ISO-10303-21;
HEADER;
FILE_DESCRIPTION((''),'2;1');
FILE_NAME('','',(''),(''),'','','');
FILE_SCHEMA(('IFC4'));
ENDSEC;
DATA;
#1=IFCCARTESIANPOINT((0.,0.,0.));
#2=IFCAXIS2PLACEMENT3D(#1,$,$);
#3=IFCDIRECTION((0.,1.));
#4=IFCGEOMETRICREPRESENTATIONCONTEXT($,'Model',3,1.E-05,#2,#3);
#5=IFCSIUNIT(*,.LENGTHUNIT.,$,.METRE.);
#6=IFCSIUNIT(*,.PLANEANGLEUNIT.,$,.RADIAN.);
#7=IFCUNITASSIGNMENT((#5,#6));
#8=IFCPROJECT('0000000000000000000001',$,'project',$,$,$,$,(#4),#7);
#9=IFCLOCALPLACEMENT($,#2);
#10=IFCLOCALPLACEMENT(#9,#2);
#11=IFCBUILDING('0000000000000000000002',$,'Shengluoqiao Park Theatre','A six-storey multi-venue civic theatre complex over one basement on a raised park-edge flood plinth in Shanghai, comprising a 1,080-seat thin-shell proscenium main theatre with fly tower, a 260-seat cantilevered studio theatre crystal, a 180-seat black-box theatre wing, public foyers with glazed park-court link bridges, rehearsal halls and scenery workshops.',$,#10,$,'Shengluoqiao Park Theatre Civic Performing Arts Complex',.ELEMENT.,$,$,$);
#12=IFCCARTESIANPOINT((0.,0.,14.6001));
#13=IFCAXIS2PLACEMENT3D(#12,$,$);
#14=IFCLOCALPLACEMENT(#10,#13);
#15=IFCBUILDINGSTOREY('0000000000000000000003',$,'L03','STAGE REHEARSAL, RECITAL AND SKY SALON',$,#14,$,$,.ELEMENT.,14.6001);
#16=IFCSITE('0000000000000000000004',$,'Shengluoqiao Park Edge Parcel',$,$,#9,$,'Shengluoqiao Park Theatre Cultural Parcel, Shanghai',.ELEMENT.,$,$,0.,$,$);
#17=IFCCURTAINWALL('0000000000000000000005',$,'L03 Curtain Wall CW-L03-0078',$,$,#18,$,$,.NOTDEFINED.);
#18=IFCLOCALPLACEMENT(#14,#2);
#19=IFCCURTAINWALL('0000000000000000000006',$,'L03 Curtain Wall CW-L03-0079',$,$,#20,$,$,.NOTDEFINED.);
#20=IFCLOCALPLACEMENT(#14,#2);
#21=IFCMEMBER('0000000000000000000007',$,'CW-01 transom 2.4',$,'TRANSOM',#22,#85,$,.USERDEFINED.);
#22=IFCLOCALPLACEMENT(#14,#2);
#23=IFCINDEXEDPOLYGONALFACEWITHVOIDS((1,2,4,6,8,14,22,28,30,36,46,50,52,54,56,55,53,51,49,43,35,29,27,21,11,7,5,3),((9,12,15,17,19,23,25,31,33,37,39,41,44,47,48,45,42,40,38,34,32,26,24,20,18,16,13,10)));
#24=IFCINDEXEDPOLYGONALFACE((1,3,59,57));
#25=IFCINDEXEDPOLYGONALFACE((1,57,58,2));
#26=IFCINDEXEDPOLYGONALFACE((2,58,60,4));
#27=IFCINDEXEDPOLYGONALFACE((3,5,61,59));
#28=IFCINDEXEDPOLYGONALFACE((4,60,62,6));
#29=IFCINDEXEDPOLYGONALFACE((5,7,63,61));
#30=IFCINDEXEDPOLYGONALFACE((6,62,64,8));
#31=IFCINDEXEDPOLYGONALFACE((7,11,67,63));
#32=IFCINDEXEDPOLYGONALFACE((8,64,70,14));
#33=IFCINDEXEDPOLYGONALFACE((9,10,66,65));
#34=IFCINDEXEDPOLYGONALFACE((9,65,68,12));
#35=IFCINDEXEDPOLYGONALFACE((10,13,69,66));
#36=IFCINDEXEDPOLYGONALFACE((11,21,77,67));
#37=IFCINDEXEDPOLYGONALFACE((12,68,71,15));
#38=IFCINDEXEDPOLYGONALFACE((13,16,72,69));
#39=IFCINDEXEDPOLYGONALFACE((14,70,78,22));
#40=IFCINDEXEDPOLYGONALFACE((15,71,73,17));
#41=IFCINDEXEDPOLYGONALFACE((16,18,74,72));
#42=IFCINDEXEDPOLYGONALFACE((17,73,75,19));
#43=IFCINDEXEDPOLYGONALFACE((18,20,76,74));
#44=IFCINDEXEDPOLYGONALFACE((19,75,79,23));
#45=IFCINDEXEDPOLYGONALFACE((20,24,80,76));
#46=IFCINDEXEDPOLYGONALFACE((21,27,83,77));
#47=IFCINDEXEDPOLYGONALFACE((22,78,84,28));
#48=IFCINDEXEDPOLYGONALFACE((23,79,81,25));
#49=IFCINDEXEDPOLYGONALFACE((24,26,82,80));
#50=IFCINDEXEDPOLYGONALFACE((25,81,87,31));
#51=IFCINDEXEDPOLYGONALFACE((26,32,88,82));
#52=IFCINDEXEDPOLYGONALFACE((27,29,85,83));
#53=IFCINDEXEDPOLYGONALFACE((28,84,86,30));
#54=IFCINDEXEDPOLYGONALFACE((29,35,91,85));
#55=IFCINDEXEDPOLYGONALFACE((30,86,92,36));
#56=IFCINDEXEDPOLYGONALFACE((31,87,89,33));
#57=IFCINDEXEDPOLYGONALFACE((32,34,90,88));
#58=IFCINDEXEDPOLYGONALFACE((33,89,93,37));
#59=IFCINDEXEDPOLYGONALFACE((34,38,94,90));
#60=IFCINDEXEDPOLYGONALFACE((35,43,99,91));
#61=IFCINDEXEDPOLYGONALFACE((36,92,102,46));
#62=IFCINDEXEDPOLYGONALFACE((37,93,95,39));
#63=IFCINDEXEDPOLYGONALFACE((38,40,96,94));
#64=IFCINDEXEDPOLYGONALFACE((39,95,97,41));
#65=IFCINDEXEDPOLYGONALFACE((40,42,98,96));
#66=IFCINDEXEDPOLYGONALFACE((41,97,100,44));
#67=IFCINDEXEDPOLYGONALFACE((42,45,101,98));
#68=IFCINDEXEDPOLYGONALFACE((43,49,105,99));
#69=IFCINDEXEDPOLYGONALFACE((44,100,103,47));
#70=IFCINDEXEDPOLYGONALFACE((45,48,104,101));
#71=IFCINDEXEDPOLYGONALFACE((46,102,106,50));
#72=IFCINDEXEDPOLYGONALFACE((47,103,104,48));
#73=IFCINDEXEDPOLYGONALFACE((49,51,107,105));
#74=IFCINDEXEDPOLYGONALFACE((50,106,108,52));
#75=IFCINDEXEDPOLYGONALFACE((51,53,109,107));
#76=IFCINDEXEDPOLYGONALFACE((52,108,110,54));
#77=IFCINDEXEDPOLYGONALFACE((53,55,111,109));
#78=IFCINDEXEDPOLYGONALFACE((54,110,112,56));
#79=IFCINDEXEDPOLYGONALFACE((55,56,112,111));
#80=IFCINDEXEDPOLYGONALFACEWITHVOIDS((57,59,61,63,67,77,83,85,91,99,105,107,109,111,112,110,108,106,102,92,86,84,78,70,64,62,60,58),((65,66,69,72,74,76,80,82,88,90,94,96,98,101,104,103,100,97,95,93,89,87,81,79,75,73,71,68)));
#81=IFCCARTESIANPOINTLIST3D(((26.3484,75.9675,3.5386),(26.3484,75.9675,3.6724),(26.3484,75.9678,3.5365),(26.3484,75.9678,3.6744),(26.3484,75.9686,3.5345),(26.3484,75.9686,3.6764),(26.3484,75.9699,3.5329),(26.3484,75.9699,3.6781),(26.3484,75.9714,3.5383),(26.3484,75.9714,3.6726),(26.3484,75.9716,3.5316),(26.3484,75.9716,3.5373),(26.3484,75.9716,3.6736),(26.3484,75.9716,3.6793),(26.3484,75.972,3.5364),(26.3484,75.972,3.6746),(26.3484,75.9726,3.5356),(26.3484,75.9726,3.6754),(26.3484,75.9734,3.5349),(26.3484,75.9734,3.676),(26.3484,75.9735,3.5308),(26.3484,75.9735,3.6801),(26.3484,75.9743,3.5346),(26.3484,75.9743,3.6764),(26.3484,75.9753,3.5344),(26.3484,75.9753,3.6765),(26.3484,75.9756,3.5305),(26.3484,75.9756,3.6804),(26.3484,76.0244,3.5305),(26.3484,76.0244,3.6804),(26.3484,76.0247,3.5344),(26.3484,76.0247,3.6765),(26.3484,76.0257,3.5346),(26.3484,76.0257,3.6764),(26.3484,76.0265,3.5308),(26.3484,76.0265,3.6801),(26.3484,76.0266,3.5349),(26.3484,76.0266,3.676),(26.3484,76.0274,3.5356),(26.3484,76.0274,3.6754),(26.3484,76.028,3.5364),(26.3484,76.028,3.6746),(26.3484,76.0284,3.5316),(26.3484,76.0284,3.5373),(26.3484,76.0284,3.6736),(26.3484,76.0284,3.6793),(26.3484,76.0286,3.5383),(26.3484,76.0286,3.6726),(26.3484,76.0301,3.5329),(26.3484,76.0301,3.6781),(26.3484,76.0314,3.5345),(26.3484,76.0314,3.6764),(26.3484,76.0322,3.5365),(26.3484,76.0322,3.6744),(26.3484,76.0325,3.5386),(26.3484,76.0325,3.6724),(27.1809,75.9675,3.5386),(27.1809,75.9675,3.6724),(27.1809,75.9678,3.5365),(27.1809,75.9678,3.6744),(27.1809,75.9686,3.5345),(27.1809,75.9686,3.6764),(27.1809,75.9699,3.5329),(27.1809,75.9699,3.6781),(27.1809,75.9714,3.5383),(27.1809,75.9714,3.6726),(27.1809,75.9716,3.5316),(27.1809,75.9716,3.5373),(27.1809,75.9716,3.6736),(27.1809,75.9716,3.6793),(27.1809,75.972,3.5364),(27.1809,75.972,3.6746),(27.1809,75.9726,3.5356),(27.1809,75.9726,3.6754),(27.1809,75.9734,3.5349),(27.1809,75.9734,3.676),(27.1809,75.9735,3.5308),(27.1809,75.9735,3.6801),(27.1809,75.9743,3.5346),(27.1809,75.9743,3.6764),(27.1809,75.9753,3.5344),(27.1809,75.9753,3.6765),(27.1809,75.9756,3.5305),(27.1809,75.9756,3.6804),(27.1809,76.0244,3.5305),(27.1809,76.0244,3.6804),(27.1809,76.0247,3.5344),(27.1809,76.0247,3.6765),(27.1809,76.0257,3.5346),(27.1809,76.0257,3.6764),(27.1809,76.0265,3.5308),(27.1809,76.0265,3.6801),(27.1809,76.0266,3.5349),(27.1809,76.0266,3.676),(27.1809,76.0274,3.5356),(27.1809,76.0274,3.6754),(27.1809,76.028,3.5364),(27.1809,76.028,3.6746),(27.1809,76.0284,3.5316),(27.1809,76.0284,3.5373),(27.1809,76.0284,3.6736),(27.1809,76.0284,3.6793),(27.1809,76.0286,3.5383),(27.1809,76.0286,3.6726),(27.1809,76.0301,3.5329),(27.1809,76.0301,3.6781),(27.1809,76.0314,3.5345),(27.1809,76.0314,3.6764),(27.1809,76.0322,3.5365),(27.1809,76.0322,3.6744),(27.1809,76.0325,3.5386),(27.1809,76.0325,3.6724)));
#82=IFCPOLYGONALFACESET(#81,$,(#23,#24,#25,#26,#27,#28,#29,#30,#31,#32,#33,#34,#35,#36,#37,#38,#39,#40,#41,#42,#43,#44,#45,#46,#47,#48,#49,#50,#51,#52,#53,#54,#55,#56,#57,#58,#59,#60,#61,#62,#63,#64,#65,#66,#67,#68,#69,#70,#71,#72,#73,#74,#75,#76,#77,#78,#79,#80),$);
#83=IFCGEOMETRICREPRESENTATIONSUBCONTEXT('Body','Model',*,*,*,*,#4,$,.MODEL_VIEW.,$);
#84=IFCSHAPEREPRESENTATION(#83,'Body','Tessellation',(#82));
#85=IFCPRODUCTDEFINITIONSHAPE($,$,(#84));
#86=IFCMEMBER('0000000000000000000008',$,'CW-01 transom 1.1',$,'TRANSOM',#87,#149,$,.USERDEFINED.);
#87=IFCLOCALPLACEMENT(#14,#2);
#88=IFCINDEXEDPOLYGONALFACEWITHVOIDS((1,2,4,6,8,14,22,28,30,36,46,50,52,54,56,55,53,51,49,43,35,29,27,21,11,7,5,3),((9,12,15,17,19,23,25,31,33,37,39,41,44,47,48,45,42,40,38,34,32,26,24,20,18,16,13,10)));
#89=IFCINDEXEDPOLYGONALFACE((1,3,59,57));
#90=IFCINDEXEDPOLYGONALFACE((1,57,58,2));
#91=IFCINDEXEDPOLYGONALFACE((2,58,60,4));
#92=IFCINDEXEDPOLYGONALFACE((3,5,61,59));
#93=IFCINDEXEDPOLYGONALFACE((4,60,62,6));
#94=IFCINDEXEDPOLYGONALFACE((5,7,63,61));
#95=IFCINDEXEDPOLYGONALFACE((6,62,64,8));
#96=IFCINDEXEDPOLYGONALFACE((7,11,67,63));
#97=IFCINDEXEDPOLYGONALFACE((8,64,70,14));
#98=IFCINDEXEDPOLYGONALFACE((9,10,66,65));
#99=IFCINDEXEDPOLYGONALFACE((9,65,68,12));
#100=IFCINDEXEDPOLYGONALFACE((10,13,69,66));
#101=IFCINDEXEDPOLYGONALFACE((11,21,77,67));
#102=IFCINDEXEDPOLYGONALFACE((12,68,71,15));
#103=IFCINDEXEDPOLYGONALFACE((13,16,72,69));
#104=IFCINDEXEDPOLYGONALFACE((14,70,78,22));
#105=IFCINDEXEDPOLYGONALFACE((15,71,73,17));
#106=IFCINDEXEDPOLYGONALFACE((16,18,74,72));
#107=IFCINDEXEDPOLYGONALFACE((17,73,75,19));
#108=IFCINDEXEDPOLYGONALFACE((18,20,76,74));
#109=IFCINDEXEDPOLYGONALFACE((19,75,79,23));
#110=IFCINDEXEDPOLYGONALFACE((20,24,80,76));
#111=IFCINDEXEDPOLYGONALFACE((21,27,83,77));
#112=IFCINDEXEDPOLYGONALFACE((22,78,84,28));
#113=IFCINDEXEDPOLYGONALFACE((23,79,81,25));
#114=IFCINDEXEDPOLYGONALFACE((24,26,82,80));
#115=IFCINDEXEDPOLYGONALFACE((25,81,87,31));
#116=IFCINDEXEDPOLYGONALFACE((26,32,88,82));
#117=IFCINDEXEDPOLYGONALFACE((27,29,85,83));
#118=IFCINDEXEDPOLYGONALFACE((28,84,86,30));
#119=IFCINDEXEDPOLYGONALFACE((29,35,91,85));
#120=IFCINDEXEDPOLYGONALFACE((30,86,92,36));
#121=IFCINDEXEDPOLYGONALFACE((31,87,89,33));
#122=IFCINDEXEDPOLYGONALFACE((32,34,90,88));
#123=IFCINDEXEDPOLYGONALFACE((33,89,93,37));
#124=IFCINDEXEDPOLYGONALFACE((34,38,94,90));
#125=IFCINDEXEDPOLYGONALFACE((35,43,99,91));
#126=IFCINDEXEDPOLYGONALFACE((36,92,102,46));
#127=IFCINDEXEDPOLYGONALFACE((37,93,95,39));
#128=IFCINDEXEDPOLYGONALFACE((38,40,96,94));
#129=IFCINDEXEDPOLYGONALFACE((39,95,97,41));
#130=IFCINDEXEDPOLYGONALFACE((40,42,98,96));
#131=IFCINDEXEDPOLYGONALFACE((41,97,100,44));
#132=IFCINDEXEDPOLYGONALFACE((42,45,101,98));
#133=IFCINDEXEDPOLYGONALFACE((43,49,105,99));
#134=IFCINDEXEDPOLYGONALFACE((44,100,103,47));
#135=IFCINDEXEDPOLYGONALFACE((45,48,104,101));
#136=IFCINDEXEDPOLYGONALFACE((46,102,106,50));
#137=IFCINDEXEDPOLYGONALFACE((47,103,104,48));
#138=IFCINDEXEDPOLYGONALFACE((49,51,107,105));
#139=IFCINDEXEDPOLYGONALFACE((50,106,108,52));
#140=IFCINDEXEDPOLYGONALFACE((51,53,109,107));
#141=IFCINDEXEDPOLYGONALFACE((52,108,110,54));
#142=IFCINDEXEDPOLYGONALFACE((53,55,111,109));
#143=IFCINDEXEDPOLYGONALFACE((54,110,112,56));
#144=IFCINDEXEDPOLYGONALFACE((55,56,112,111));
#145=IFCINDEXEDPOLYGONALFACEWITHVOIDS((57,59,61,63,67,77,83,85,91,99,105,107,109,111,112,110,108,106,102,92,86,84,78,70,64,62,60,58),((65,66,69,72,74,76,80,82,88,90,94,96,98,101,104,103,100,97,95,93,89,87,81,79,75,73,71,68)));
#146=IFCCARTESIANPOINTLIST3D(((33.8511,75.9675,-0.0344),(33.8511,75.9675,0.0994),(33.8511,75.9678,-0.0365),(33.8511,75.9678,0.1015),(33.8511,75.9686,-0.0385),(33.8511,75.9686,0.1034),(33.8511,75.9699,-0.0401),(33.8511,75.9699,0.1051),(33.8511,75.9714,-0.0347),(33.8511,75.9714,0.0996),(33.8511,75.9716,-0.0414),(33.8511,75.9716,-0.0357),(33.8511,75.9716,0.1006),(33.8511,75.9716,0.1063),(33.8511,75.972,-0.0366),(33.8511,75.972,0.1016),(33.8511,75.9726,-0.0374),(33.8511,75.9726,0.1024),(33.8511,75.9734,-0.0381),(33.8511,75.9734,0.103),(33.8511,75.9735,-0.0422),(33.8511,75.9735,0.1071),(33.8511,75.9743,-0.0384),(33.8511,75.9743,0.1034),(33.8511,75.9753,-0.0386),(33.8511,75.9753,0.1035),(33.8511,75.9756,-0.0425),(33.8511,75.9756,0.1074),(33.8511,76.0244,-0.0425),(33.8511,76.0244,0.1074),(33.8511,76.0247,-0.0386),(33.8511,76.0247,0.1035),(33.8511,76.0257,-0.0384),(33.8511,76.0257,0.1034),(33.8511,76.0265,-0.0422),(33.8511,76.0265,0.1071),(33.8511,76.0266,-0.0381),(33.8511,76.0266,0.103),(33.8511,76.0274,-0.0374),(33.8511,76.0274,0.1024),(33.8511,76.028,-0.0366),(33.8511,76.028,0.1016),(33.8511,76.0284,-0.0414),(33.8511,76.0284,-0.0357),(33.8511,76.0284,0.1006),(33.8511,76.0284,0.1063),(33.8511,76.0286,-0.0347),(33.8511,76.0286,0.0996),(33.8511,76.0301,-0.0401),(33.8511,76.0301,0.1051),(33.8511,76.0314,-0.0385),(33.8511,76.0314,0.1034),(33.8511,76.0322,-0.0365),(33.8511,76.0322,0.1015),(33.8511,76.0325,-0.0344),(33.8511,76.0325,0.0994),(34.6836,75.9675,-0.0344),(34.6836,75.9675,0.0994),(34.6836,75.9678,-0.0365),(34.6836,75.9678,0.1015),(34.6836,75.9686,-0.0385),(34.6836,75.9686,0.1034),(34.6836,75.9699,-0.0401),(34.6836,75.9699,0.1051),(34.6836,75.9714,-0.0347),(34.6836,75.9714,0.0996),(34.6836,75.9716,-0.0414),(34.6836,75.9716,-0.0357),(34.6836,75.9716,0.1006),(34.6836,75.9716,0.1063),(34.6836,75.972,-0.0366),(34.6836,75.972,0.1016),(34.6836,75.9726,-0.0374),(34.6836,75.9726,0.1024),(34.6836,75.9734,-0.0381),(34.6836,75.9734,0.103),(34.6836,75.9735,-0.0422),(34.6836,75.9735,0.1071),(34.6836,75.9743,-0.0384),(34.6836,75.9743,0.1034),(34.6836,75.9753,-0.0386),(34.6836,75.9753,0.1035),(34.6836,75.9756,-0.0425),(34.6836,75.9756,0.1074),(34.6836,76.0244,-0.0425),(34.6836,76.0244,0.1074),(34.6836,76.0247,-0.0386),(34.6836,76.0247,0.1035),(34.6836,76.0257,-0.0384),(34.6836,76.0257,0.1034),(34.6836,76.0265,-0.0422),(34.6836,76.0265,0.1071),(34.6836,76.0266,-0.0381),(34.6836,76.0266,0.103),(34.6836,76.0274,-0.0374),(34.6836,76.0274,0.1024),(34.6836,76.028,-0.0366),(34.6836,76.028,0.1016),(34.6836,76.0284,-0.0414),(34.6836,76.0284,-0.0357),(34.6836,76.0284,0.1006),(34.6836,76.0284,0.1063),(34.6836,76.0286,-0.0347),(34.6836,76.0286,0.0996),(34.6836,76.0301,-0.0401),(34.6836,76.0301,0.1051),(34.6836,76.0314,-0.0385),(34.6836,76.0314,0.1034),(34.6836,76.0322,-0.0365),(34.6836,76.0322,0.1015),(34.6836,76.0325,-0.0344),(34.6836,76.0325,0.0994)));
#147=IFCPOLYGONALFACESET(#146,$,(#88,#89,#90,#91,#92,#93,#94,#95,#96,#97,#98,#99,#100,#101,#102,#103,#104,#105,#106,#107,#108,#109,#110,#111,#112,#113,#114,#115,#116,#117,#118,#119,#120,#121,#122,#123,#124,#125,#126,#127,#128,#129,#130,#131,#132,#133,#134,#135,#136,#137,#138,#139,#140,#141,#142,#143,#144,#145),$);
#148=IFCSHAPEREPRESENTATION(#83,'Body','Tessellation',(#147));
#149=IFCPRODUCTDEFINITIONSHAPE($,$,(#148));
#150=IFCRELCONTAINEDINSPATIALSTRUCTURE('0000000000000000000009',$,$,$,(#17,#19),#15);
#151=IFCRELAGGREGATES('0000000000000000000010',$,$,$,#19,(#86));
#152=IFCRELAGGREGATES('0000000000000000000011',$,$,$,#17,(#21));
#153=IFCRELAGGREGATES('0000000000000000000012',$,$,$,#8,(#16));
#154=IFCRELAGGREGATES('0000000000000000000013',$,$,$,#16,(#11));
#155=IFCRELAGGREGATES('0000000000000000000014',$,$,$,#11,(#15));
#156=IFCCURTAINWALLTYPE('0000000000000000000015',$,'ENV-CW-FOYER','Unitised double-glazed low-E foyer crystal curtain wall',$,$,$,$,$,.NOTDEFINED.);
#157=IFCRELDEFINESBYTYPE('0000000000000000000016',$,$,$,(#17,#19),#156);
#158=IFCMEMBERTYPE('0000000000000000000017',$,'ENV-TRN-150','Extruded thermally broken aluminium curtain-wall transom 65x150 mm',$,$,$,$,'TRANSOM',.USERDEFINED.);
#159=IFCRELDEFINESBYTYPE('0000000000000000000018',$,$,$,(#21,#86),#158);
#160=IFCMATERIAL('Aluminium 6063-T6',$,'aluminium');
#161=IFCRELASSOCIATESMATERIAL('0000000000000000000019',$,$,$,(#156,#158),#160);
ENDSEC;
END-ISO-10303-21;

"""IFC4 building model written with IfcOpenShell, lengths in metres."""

from ifc_helpers import new_model, si_unit, direction, frame, origin, origin_2d, place, context, subcontext, project, spatial, hollow_rectangle, extrude, material, material_profile, profile_set, type_object, element, aggregate, save


model = new_model("IFC4")

# Units and contexts
model_context = context("Model", 3, precision=1e-05, world=origin(), true_north=direction((0.0, 1.0)))
body_context = subcontext(model_context, "Body", "Model", "MODEL_VIEW")
ifc_project = project(units=[si_unit("LENGTHUNIT", "METRE"), si_unit("PLANEANGLEUNIT", "RADIAN")], contexts=[model_context])

# Site, building, storey
site_placement = place(None, origin())
site = spatial("IfcSite", under=ifc_project, at=site_placement, Name="Shengluoqiao Park Edge Parcel", LongName="Shengluoqiao Park Theatre Cultural Parcel, Shanghai", CompositionType="ELEMENT", RefElevation=0.0)
building_placement = place(site_placement, origin())
building = spatial("IfcBuilding", under=site, at=building_placement, Name="Shengluoqiao Park Theatre", Description="A six-storey multi-venue civic theatre complex over one basement on a raised park-edge flood plinth in Shanghai, comprising a 1,080-seat thin-shell proscenium main theatre with fly tower, a 260-seat cantilevered studio theatre crystal, a 180-seat black-box theatre wing, public foyers with glazed park-court link bridges, rehearsal halls and scenery workshops.", LongName="Shengluoqiao Park Theatre Civic Performing Arts Complex", CompositionType="ELEMENT")
storey_placement = place(building_placement, frame((0.0, 0.0, 14.6001)))
storey = spatial("IfcBuildingStorey", under=building, at=storey_placement, Name="L03", Description="STAGE REHEARSAL, RECITAL AND SKY SALON", CompositionType="ELEMENT", Elevation=14.6001)

# Curtain wall
ifc_material_1 = material(Name="Aluminium 6063-T6", Category="aluminium")
curtain_wall_type = type_object("IfcCurtainWallType", Name="ENV-CW-FOYER", Description="Unitised double-glazed low-E foyer crystal curtain wall", PredefinedType="NOTDEFINED", material=ifc_material_1)
curtain_wall_1_placement = place(storey_placement, origin())
curtain_wall_1 = element("IfcCurtainWall", 1, at=curtain_wall_1_placement, inside=storey, type_object=curtain_wall_type, Name="L03 Curtain Wall CW-L03-0078", PredefinedType="NOTDEFINED")

# Curtain wall
curtain_wall_2_placement = place(storey_placement, origin())
curtain_wall_2 = element("IfcCurtainWall", 2, at=curtain_wall_2_placement, inside=storey, type_object=curtain_wall_type, Name="L03 Curtain Wall CW-L03-0079", PredefinedType="NOTDEFINED")

# Members
ifc_material_profile_1 = material_profile(ifc_material_1, hollow_rectangle(XDim=0.0649, YDim=0.1499, WallThickness=0.0039, InnerFilletRadius=0.0039, OuterFilletRadius=0.0081, at=origin_2d()), Name="ALU TRANSOM 150x65x4")
ifc_profile_set_1 = profile_set([ifc_material_profile_1], Name="Aluminium 6063-T6")
member_type_1 = type_object("IfcMemberType", Name="ENV-TRN-150", Description="Extruded thermally broken aluminium curtain-wall transom 65x150 mm", ElementType="TRANSOM", PredefinedType="USERDEFINED", material=ifc_profile_set_1)
member_1_placement = place(storey_placement, frame((26.3484, 76.0, 3.6055), z_axis=(1.0, 0.0, 0.0), x_axis=(0.0, 1.0, 0.0)))
member_1 = element("IfcMember", 3, at=member_1_placement, type_object=member_type_1, Name="CW-01 transom 2.4", ObjectType="TRANSOM", PredefinedType="USERDEFINED", context=body_context, shape_type="SweptSolid", body=[
    extrude(hollow_rectangle(XDim=0.0649, YDim=0.1499, WallThickness=0.0039, InnerFilletRadius=0.0039, OuterFilletRadius=0.0081, at=origin_2d()), origin(), (0.0, 0.0, 1.0), 0.8325),
])
member_2_placement = place(storey_placement, frame((33.8511, 76.0, 0.0325), z_axis=(1.0, 0.0, 0.0), x_axis=(0.0, 1.0, 0.0)))
member_2 = element("IfcMember", 4, at=member_2_placement, type_object=member_type_1, Name="CW-01 transom 1.1", ObjectType="TRANSOM", PredefinedType="USERDEFINED", context=body_context, shape_type="SweptSolid", body=[
    extrude(hollow_rectangle(XDim=0.0649, YDim=0.1499, WallThickness=0.0039, InnerFilletRadius=0.0039, OuterFilletRadius=0.0081, at=origin_2d()), origin(), (0.0, 0.0, 1.0), 0.8325),
])
aggregate(curtain_wall_2, [member_2])

aggregate(curtain_wall_1, [member_1])

save(model, "model.ifc")
